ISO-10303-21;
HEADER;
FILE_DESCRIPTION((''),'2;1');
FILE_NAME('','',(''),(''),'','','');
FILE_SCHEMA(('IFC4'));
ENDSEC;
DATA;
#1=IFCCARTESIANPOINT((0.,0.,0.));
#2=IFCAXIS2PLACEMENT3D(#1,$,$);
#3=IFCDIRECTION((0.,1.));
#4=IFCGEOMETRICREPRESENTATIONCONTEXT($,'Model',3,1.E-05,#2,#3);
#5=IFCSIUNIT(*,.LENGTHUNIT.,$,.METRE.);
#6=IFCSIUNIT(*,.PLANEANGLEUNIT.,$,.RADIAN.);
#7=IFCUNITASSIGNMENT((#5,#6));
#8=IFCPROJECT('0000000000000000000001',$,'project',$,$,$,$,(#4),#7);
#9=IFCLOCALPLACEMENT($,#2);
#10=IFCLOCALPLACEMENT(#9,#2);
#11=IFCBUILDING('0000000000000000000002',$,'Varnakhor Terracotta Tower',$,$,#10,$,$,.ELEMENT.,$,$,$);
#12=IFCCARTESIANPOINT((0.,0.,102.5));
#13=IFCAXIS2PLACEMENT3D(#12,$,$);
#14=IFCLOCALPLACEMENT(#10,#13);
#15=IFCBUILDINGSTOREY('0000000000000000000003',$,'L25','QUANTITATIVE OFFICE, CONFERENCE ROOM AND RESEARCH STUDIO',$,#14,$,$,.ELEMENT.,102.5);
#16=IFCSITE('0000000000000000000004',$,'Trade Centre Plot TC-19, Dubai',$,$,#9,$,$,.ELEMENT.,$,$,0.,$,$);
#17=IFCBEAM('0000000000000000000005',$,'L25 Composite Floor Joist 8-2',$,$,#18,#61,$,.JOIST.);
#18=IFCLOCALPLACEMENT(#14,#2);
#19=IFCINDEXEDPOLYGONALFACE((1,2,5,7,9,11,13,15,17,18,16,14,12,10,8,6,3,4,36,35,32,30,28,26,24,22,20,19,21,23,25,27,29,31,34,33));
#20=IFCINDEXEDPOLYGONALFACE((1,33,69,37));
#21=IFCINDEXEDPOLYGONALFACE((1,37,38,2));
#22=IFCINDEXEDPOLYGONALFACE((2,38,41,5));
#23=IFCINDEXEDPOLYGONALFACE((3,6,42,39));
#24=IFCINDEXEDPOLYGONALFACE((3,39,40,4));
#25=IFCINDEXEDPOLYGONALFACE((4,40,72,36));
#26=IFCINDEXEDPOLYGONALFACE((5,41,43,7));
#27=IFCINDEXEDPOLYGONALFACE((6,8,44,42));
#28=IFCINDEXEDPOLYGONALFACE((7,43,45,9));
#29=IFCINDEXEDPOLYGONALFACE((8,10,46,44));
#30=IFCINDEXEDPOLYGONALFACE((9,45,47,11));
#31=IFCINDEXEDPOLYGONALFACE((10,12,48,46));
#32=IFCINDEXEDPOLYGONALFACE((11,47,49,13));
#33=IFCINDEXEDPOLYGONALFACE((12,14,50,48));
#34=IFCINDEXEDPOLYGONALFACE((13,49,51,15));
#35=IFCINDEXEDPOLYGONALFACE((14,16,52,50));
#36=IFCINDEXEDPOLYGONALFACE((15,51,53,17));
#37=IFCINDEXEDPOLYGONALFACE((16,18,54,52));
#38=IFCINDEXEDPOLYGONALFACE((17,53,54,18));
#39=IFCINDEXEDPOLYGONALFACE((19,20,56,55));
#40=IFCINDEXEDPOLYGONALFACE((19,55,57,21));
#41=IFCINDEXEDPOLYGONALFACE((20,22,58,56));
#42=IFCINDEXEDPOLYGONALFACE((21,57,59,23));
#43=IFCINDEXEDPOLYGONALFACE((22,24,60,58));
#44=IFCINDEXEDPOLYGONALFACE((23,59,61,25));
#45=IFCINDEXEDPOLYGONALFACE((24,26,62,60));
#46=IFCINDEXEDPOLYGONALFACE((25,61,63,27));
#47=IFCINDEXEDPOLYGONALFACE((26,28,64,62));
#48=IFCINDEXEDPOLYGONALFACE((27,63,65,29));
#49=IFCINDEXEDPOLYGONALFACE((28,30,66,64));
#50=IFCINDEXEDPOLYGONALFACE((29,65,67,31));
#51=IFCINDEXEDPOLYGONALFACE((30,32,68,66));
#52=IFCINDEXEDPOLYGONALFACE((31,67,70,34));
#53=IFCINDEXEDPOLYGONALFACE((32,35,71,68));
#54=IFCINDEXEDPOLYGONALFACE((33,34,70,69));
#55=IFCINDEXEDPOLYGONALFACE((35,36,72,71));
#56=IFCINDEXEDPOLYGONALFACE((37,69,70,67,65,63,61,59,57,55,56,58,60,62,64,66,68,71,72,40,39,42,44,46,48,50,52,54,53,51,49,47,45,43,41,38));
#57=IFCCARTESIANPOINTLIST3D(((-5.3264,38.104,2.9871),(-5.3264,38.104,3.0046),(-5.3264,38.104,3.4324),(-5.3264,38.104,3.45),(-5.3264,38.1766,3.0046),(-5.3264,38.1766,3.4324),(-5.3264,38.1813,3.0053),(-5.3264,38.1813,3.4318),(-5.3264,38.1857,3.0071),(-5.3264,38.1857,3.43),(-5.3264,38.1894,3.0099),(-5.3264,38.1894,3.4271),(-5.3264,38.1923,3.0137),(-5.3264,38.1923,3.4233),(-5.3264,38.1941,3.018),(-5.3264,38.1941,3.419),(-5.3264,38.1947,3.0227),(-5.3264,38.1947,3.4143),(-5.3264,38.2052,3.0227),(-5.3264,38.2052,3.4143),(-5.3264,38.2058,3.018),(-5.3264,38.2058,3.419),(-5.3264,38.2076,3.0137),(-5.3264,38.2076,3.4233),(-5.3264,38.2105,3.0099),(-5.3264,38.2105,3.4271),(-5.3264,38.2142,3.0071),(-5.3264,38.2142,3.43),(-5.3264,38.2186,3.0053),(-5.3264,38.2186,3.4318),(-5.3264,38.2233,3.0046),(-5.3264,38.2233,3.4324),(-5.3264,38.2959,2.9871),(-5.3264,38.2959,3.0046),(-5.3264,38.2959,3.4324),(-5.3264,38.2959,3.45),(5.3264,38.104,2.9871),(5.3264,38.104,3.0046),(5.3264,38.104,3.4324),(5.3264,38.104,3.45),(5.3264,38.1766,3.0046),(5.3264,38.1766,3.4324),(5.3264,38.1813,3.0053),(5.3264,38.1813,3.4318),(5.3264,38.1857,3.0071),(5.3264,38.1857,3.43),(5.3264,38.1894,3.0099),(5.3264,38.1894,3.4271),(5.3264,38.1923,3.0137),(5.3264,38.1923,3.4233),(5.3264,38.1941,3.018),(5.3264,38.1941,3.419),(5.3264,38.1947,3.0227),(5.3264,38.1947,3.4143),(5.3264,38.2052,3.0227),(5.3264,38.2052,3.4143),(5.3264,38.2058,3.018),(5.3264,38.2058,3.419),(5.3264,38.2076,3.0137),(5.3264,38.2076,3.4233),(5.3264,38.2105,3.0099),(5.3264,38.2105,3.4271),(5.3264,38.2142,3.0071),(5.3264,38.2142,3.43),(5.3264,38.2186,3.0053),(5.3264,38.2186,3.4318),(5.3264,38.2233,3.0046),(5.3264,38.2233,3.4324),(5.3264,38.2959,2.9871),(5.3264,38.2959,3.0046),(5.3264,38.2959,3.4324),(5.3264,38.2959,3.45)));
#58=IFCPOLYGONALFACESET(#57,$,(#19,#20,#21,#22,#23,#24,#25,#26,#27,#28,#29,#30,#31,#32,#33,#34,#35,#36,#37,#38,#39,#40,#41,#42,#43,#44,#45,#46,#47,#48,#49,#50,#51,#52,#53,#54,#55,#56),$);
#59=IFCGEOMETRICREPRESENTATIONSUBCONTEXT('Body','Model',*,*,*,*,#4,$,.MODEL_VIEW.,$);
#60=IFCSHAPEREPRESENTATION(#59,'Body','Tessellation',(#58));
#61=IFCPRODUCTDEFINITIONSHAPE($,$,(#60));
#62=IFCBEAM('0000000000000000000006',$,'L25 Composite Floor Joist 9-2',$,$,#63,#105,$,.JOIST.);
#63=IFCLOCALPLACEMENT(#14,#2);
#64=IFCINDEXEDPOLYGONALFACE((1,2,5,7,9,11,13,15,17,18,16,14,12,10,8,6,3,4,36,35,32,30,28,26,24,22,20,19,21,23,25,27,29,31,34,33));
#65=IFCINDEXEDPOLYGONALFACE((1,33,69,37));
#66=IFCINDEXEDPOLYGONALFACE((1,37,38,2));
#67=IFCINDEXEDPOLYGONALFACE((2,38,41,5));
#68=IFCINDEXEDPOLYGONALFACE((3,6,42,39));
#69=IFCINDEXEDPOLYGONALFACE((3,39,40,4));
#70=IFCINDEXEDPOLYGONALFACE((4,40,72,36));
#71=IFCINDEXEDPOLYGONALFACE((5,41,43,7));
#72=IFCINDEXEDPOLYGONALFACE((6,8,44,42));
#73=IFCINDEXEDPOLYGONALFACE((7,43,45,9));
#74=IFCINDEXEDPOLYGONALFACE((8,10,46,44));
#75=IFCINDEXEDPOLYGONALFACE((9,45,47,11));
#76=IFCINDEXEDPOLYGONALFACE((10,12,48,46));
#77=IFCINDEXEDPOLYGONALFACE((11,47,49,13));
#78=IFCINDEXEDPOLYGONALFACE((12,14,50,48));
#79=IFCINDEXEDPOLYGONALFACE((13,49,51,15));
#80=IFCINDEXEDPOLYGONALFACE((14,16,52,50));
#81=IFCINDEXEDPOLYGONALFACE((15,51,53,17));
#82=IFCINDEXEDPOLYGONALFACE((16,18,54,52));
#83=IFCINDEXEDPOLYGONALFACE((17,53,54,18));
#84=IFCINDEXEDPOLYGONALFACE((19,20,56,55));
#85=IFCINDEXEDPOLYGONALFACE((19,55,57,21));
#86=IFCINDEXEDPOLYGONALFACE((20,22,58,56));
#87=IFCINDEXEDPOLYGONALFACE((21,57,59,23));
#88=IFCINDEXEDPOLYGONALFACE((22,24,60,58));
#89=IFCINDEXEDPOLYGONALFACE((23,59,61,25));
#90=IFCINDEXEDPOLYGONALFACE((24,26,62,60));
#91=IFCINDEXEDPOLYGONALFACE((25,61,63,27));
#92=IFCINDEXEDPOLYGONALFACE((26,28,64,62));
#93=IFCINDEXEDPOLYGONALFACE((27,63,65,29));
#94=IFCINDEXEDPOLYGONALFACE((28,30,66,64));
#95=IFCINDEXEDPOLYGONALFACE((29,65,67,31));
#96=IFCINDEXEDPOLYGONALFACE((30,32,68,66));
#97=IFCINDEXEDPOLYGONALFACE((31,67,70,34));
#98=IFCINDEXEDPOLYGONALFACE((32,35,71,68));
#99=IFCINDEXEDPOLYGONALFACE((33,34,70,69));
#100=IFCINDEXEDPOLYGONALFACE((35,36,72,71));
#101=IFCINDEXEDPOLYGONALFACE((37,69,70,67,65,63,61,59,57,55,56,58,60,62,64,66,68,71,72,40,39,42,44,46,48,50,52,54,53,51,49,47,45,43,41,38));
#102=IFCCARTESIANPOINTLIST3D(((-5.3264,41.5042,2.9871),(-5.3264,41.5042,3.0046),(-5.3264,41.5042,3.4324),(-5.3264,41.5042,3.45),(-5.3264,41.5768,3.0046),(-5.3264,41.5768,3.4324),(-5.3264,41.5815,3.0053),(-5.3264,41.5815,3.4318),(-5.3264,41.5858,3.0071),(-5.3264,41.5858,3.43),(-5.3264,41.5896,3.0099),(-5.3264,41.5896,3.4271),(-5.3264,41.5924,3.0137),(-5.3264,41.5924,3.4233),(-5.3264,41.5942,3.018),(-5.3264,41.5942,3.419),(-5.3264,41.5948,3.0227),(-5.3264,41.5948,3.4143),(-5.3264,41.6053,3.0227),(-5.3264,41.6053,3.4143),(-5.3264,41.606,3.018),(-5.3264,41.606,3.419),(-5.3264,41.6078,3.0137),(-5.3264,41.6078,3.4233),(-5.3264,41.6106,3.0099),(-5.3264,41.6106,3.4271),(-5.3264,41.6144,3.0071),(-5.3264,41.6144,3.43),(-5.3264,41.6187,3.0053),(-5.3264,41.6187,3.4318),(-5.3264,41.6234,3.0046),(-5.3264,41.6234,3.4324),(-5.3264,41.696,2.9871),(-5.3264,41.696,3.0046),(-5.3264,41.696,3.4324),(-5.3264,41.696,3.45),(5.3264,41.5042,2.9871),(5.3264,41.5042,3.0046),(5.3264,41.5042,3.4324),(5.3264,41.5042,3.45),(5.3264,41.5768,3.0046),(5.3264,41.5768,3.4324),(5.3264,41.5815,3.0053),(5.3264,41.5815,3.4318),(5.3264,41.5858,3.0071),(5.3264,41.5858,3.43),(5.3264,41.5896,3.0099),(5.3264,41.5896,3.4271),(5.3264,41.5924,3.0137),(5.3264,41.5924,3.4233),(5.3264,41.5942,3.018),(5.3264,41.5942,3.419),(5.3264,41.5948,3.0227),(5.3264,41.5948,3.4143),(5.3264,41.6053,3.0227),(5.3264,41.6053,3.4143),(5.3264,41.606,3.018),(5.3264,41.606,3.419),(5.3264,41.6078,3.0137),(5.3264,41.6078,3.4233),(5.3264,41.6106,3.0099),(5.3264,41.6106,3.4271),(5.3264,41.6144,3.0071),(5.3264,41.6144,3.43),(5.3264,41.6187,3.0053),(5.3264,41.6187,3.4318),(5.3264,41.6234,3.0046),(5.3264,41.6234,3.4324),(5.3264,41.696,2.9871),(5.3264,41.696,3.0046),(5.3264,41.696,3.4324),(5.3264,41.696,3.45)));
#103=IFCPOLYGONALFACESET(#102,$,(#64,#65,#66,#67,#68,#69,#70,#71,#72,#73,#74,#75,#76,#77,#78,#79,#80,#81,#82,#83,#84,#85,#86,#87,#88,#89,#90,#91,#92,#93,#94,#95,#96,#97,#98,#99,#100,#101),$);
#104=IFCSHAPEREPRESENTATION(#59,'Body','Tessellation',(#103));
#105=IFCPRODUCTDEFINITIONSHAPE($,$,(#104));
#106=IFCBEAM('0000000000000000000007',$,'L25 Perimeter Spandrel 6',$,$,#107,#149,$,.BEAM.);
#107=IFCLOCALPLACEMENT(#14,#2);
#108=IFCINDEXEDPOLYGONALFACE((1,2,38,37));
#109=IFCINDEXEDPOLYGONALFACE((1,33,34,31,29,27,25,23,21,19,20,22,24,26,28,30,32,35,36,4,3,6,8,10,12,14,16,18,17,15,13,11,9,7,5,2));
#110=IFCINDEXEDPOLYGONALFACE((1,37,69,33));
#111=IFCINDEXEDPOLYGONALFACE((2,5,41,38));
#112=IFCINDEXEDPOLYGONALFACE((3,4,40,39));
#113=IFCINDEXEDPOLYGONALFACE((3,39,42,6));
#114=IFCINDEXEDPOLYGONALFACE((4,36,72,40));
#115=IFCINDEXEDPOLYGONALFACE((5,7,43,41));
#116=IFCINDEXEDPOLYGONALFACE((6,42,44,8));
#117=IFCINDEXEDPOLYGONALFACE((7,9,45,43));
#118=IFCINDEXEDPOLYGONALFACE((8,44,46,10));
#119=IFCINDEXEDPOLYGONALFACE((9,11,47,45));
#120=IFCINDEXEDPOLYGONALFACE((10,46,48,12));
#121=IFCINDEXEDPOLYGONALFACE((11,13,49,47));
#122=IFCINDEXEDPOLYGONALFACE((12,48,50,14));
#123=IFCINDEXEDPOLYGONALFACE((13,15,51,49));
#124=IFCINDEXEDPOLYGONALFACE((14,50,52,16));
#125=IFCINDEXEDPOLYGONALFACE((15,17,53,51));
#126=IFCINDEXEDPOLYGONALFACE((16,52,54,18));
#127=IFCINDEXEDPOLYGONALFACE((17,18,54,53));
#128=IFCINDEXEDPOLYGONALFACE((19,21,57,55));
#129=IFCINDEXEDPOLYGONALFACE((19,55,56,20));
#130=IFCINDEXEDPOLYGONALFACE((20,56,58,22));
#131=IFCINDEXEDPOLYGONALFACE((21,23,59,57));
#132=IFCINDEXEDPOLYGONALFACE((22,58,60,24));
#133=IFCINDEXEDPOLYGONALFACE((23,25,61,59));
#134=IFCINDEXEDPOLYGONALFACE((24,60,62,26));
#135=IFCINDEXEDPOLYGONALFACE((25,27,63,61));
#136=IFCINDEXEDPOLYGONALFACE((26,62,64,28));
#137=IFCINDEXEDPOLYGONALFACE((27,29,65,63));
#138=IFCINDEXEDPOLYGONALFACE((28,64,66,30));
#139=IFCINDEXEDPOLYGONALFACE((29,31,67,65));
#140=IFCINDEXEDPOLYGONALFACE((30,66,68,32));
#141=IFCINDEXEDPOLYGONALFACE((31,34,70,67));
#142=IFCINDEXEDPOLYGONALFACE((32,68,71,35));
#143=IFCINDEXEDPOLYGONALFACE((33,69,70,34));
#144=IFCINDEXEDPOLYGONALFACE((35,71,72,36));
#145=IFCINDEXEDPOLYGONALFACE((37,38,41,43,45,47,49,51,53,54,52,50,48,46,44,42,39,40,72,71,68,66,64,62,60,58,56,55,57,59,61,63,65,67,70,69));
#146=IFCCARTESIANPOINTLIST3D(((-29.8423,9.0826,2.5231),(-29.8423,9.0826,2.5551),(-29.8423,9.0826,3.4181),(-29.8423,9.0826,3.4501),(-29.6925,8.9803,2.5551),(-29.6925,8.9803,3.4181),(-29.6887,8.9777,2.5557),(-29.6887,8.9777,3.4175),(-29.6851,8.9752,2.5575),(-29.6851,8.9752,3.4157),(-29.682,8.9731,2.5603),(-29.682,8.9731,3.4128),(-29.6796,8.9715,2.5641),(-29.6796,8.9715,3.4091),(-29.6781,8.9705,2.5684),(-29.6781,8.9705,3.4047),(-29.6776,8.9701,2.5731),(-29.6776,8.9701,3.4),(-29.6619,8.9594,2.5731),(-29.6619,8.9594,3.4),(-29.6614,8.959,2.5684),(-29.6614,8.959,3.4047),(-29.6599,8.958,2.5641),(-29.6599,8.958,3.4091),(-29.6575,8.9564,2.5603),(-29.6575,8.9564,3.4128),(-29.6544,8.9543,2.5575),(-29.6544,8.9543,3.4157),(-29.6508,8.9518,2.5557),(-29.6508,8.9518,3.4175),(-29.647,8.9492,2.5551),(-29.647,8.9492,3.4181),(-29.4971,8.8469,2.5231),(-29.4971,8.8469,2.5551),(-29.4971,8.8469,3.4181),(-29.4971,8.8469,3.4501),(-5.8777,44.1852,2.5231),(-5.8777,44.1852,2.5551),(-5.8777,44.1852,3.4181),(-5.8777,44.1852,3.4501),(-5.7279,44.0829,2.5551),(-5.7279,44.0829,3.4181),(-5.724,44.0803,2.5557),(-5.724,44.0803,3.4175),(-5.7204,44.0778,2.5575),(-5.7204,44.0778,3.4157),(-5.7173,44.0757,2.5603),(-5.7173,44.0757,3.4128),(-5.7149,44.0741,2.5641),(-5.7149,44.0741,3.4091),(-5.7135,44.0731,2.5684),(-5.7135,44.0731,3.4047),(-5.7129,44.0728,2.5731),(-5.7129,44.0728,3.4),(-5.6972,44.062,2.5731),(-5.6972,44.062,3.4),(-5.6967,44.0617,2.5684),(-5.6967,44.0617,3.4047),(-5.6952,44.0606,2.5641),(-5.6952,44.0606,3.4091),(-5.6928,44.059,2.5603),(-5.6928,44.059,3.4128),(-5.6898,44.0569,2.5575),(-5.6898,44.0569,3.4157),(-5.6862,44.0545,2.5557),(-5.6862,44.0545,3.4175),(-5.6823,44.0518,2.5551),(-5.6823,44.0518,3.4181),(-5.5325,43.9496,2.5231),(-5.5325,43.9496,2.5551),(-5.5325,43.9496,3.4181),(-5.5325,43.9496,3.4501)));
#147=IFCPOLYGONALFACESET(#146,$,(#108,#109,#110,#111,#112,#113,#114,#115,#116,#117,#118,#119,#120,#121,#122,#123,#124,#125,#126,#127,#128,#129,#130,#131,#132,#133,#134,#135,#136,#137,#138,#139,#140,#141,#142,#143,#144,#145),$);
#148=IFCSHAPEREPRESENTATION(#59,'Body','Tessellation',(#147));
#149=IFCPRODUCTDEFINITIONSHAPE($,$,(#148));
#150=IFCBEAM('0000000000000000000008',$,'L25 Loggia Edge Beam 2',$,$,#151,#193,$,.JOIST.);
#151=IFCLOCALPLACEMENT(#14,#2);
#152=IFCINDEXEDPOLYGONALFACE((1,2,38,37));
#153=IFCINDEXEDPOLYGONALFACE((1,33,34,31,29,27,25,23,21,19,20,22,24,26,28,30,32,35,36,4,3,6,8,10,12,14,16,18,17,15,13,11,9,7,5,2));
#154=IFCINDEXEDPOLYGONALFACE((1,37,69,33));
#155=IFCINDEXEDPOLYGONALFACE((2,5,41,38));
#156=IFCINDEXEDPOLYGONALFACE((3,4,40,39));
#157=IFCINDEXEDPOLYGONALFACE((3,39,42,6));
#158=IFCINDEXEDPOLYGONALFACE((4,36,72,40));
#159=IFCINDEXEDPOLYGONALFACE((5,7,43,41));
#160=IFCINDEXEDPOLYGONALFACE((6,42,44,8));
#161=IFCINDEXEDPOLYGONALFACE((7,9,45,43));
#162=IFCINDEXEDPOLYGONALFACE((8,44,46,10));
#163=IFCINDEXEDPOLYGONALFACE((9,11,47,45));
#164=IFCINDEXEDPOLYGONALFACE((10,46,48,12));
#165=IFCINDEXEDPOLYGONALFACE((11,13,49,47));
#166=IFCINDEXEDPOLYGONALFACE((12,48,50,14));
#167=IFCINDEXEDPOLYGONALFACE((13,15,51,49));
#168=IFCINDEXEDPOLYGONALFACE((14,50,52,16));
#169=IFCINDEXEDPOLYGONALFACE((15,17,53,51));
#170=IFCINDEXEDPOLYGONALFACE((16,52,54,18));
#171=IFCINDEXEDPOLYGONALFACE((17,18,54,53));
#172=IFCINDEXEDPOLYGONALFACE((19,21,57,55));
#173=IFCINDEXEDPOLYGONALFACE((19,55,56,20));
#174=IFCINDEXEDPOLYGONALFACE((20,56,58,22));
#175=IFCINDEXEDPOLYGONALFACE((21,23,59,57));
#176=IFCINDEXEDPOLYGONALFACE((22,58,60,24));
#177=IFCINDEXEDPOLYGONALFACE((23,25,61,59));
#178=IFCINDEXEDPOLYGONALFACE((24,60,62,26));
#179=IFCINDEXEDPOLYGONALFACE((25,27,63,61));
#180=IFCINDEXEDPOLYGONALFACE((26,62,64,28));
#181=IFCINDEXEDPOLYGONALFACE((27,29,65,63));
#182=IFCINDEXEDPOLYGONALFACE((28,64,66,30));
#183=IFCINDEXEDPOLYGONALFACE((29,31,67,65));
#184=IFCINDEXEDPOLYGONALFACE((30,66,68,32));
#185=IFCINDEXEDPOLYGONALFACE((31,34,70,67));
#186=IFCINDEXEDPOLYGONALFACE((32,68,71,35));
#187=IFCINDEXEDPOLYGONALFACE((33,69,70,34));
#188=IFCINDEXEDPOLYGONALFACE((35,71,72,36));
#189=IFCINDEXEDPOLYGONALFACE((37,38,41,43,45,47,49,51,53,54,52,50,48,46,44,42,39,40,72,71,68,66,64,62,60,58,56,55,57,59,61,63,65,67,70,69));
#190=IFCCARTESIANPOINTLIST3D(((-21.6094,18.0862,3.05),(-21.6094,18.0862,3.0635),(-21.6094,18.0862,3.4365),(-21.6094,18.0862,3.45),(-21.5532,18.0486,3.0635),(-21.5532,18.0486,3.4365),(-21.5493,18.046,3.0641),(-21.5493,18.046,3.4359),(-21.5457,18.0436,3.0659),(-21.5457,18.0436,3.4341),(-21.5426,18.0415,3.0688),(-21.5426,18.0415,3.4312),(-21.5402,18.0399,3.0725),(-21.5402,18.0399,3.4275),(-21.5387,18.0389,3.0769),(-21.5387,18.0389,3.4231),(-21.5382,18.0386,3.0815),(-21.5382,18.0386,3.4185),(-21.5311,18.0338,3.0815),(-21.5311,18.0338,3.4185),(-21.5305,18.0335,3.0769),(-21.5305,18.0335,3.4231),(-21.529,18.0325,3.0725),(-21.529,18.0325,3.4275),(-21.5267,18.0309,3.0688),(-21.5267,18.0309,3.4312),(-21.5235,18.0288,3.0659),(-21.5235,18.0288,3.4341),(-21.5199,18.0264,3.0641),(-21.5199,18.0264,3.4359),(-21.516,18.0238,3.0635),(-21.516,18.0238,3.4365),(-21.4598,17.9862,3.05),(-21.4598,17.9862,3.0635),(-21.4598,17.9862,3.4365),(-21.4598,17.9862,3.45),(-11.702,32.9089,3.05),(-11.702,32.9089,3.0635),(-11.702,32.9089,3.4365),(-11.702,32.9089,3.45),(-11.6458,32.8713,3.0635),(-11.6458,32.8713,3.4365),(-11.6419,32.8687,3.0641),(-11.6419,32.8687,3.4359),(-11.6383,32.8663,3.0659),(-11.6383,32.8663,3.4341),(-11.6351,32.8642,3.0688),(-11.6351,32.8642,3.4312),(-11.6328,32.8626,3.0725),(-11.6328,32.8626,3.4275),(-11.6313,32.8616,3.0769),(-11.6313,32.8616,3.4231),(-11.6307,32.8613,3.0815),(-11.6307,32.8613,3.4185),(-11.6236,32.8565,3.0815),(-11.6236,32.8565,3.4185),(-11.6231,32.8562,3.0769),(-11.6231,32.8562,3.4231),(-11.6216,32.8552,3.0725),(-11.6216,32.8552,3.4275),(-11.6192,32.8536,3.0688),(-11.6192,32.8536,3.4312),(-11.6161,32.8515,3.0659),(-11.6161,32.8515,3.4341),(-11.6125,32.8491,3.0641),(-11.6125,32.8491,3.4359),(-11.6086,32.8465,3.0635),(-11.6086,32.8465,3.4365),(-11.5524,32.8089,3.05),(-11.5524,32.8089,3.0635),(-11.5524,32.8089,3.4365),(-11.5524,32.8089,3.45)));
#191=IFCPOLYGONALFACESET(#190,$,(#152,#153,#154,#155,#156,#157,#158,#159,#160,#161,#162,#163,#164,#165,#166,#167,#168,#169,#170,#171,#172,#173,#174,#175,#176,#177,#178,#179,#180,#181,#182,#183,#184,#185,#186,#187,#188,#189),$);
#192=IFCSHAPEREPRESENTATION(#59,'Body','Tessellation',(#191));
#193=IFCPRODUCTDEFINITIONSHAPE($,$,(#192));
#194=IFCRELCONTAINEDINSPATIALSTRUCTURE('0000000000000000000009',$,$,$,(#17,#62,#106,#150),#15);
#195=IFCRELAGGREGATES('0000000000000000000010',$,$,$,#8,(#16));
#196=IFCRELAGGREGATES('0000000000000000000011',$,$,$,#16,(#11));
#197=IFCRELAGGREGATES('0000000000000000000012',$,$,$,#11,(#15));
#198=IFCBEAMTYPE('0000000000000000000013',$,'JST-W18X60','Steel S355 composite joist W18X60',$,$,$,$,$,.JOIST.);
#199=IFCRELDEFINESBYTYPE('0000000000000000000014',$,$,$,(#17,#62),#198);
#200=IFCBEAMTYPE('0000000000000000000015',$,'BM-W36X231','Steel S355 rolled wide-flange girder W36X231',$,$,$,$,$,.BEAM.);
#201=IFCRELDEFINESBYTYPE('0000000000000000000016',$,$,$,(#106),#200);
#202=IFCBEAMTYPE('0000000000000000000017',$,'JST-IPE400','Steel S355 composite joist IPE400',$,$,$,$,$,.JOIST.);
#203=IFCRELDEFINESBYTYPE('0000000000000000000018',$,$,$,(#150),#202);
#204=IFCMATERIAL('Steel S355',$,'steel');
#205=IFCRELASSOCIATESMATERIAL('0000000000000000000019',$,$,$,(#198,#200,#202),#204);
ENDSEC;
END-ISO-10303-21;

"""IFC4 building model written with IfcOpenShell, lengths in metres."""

from ifc_helpers import new_model, si_unit, direction, frame, origin, origin_2d, place, context, subcontext, project, spatial, i_section, extrude, source, transform, mapped, material, material_profile, profile_set, type_object, element, save


model = new_model("IFC4")

# Units and contexts
model_context = context("Model", 3, precision=1e-05, world=origin(), true_north=direction((0.0, 1.0)))
body_context = subcontext(model_context, "Body", "Model", "MODEL_VIEW")
ifc_project = project(units=[si_unit("LENGTHUNIT", "METRE"), si_unit("PLANEANGLEUNIT", "RADIAN")], contexts=[model_context])

# Site, building, storey
site_placement = place(None, origin())
site = spatial("IfcSite", under=ifc_project, at=site_placement, Name="Trade Centre Plot TC-19, Dubai", CompositionType="ELEMENT", RefElevation=0.0)
building_placement = place(site_placement, origin())
building = spatial("IfcBuilding", under=site, at=building_placement, Name="Varnakhor Terracotta Tower", CompositionType="ELEMENT")
storey_placement = place(building_placement, frame((0.0, 0.0, 102.5)))
storey = spatial("IfcBuildingStorey", under=building, at=storey_placement, Name="L25", Description="QUANTITATIVE OFFICE, CONFERENCE ROOM AND RESEARCH STUDIO", CompositionType="ELEMENT", Elevation=102.5)

# Beams
ifc_material_1 = material(Name="Steel S355", Category="steel")
ifc_material_profile_1 = material_profile(ifc_material_1, i_section(OverallWidth=0.1919, OverallDepth=0.4629, WebThickness=0.0105, FlangeThickness=0.0176, FilletRadius=0.0181, at=origin_2d()), Name="W18X60")
ifc_profile_set_1 = profile_set([ifc_material_profile_1], Name="Steel S355")
beam_type_1 = type_object("IfcBeamType", Name="JST-W18X60", Description="Steel S355 composite joist W18X60", PredefinedType="JOIST", material=ifc_profile_set_1)
shared_shape_1 = source(origin(), body_context, "Body", "SweptSolid", [
    extrude(i_section(OverallWidth=0.1919, OverallDepth=0.4629, WebThickness=0.0105, FlangeThickness=0.0176, FilletRadius=0.0181, at=origin_2d()), origin(), (0.0, 0.0, 1.0), 10.6528),
])
for number, where, z_axis, x_axis, name in (
    (1, (-5.3264, 38.2, 3.2185), (1.0, 0.0, 0.0), (0.0, 1.0, 0.0), "L25 Composite Floor Joist 8-2"),
    (2, (-5.3264, 41.6001, 3.2185), (1.0, 0.0, 0.0), (0.0, 1.0, 0.0), "L25 Composite Floor Joist 9-2"),
):
    element("IfcBeam", number, at=place(storey_placement, frame(where, z_axis=z_axis, x_axis=x_axis)), inside=storey, type_object=beam_type_1, Name=name, PredefinedType="JOIST", context=body_context, shape_type="MappedRepresentation", body=[
        mapped(shared_shape_1, transform((0.0, 0.0, 0.0), scale=1.0)),
    ])
ifc_material_profile_2 = material_profile(ifc_material_1, i_section(OverallWidth=0.418, OverallDepth=0.927, WebThickness=0.019, FlangeThickness=0.032, FilletRadius=0.0181, at=origin_2d()), Name="W36X231")
ifc_profile_set_2 = profile_set([ifc_material_profile_2], Name="Steel S355")
beam_type_2 = type_object("IfcBeamType", Name="BM-W36X231", Description="Steel S355 rolled wide-flange girder W36X231", PredefinedType="BEAM", material=ifc_profile_set_2)
shared_shape_2 = source(origin(), body_context, "Body", "SweptSolid", [
    extrude(i_section(OverallWidth=0.418, OverallDepth=0.927, WebThickness=0.019, FlangeThickness=0.032, FilletRadius=0.0181, at=origin_2d()), origin(), (0.0, 0.0, 1.0), 42.5029),
])
beam_1_placement = place(storey_placement, frame((-5.7051, 44.0674, 2.9866), z_axis=(-0.563835, -0.825887, 0.0), x_axis=(0.825887, -0.563835, 0.0)))
element("IfcBeam", 3, at=beam_1_placement, inside=storey, type_object=beam_type_2, Name="L25 Perimeter Spandrel 6", PredefinedType="BEAM", context=body_context, shape_type="MappedRepresentation", body=[
    mapped(shared_shape_2, transform((0.0, 0.0, 0.0), scale=1.0)),
])
ifc_material_profile_3 = material_profile(ifc_material_1, i_section(OverallWidth=0.1799, OverallDepth=0.3999, WebThickness=0.0085, FlangeThickness=0.0134, FilletRadius=0.0181, at=origin_2d()), Name="IPE400")
ifc_profile_set_3 = profile_set([ifc_material_profile_3], Name="Steel S355")
beam_type_3 = type_object("IfcBeamType", Name="JST-IPE400", Description="Steel S355 composite joist IPE400", PredefinedType="JOIST", material=ifc_profile_set_3)
shared_shape_3 = source(origin(), body_context, "Body", "SweptSolid", [
    extrude(i_section(OverallWidth=0.1799, OverallDepth=0.3999, WebThickness=0.0085, FlangeThickness=0.0134, FilletRadius=0.0181, at=origin_2d()), origin(), (0.0, 0.0, 1.0), 17.8289),
])
beam_2_placement = place(storey_placement, frame((-11.6272, 32.8589, 3.25), z_axis=(-0.555695, -0.831386, 0.0), x_axis=(0.831386, -0.555695, 0.0)))
element("IfcBeam", 4, at=beam_2_placement, inside=storey, type_object=beam_type_3, Name="L25 Loggia Edge Beam 2", PredefinedType="JOIST", context=body_context, shape_type="MappedRepresentation", body=[
    mapped(shared_shape_3, transform((0.0, 0.0, 0.0), scale=1.0)),
])

save(model, "model.ifc")
